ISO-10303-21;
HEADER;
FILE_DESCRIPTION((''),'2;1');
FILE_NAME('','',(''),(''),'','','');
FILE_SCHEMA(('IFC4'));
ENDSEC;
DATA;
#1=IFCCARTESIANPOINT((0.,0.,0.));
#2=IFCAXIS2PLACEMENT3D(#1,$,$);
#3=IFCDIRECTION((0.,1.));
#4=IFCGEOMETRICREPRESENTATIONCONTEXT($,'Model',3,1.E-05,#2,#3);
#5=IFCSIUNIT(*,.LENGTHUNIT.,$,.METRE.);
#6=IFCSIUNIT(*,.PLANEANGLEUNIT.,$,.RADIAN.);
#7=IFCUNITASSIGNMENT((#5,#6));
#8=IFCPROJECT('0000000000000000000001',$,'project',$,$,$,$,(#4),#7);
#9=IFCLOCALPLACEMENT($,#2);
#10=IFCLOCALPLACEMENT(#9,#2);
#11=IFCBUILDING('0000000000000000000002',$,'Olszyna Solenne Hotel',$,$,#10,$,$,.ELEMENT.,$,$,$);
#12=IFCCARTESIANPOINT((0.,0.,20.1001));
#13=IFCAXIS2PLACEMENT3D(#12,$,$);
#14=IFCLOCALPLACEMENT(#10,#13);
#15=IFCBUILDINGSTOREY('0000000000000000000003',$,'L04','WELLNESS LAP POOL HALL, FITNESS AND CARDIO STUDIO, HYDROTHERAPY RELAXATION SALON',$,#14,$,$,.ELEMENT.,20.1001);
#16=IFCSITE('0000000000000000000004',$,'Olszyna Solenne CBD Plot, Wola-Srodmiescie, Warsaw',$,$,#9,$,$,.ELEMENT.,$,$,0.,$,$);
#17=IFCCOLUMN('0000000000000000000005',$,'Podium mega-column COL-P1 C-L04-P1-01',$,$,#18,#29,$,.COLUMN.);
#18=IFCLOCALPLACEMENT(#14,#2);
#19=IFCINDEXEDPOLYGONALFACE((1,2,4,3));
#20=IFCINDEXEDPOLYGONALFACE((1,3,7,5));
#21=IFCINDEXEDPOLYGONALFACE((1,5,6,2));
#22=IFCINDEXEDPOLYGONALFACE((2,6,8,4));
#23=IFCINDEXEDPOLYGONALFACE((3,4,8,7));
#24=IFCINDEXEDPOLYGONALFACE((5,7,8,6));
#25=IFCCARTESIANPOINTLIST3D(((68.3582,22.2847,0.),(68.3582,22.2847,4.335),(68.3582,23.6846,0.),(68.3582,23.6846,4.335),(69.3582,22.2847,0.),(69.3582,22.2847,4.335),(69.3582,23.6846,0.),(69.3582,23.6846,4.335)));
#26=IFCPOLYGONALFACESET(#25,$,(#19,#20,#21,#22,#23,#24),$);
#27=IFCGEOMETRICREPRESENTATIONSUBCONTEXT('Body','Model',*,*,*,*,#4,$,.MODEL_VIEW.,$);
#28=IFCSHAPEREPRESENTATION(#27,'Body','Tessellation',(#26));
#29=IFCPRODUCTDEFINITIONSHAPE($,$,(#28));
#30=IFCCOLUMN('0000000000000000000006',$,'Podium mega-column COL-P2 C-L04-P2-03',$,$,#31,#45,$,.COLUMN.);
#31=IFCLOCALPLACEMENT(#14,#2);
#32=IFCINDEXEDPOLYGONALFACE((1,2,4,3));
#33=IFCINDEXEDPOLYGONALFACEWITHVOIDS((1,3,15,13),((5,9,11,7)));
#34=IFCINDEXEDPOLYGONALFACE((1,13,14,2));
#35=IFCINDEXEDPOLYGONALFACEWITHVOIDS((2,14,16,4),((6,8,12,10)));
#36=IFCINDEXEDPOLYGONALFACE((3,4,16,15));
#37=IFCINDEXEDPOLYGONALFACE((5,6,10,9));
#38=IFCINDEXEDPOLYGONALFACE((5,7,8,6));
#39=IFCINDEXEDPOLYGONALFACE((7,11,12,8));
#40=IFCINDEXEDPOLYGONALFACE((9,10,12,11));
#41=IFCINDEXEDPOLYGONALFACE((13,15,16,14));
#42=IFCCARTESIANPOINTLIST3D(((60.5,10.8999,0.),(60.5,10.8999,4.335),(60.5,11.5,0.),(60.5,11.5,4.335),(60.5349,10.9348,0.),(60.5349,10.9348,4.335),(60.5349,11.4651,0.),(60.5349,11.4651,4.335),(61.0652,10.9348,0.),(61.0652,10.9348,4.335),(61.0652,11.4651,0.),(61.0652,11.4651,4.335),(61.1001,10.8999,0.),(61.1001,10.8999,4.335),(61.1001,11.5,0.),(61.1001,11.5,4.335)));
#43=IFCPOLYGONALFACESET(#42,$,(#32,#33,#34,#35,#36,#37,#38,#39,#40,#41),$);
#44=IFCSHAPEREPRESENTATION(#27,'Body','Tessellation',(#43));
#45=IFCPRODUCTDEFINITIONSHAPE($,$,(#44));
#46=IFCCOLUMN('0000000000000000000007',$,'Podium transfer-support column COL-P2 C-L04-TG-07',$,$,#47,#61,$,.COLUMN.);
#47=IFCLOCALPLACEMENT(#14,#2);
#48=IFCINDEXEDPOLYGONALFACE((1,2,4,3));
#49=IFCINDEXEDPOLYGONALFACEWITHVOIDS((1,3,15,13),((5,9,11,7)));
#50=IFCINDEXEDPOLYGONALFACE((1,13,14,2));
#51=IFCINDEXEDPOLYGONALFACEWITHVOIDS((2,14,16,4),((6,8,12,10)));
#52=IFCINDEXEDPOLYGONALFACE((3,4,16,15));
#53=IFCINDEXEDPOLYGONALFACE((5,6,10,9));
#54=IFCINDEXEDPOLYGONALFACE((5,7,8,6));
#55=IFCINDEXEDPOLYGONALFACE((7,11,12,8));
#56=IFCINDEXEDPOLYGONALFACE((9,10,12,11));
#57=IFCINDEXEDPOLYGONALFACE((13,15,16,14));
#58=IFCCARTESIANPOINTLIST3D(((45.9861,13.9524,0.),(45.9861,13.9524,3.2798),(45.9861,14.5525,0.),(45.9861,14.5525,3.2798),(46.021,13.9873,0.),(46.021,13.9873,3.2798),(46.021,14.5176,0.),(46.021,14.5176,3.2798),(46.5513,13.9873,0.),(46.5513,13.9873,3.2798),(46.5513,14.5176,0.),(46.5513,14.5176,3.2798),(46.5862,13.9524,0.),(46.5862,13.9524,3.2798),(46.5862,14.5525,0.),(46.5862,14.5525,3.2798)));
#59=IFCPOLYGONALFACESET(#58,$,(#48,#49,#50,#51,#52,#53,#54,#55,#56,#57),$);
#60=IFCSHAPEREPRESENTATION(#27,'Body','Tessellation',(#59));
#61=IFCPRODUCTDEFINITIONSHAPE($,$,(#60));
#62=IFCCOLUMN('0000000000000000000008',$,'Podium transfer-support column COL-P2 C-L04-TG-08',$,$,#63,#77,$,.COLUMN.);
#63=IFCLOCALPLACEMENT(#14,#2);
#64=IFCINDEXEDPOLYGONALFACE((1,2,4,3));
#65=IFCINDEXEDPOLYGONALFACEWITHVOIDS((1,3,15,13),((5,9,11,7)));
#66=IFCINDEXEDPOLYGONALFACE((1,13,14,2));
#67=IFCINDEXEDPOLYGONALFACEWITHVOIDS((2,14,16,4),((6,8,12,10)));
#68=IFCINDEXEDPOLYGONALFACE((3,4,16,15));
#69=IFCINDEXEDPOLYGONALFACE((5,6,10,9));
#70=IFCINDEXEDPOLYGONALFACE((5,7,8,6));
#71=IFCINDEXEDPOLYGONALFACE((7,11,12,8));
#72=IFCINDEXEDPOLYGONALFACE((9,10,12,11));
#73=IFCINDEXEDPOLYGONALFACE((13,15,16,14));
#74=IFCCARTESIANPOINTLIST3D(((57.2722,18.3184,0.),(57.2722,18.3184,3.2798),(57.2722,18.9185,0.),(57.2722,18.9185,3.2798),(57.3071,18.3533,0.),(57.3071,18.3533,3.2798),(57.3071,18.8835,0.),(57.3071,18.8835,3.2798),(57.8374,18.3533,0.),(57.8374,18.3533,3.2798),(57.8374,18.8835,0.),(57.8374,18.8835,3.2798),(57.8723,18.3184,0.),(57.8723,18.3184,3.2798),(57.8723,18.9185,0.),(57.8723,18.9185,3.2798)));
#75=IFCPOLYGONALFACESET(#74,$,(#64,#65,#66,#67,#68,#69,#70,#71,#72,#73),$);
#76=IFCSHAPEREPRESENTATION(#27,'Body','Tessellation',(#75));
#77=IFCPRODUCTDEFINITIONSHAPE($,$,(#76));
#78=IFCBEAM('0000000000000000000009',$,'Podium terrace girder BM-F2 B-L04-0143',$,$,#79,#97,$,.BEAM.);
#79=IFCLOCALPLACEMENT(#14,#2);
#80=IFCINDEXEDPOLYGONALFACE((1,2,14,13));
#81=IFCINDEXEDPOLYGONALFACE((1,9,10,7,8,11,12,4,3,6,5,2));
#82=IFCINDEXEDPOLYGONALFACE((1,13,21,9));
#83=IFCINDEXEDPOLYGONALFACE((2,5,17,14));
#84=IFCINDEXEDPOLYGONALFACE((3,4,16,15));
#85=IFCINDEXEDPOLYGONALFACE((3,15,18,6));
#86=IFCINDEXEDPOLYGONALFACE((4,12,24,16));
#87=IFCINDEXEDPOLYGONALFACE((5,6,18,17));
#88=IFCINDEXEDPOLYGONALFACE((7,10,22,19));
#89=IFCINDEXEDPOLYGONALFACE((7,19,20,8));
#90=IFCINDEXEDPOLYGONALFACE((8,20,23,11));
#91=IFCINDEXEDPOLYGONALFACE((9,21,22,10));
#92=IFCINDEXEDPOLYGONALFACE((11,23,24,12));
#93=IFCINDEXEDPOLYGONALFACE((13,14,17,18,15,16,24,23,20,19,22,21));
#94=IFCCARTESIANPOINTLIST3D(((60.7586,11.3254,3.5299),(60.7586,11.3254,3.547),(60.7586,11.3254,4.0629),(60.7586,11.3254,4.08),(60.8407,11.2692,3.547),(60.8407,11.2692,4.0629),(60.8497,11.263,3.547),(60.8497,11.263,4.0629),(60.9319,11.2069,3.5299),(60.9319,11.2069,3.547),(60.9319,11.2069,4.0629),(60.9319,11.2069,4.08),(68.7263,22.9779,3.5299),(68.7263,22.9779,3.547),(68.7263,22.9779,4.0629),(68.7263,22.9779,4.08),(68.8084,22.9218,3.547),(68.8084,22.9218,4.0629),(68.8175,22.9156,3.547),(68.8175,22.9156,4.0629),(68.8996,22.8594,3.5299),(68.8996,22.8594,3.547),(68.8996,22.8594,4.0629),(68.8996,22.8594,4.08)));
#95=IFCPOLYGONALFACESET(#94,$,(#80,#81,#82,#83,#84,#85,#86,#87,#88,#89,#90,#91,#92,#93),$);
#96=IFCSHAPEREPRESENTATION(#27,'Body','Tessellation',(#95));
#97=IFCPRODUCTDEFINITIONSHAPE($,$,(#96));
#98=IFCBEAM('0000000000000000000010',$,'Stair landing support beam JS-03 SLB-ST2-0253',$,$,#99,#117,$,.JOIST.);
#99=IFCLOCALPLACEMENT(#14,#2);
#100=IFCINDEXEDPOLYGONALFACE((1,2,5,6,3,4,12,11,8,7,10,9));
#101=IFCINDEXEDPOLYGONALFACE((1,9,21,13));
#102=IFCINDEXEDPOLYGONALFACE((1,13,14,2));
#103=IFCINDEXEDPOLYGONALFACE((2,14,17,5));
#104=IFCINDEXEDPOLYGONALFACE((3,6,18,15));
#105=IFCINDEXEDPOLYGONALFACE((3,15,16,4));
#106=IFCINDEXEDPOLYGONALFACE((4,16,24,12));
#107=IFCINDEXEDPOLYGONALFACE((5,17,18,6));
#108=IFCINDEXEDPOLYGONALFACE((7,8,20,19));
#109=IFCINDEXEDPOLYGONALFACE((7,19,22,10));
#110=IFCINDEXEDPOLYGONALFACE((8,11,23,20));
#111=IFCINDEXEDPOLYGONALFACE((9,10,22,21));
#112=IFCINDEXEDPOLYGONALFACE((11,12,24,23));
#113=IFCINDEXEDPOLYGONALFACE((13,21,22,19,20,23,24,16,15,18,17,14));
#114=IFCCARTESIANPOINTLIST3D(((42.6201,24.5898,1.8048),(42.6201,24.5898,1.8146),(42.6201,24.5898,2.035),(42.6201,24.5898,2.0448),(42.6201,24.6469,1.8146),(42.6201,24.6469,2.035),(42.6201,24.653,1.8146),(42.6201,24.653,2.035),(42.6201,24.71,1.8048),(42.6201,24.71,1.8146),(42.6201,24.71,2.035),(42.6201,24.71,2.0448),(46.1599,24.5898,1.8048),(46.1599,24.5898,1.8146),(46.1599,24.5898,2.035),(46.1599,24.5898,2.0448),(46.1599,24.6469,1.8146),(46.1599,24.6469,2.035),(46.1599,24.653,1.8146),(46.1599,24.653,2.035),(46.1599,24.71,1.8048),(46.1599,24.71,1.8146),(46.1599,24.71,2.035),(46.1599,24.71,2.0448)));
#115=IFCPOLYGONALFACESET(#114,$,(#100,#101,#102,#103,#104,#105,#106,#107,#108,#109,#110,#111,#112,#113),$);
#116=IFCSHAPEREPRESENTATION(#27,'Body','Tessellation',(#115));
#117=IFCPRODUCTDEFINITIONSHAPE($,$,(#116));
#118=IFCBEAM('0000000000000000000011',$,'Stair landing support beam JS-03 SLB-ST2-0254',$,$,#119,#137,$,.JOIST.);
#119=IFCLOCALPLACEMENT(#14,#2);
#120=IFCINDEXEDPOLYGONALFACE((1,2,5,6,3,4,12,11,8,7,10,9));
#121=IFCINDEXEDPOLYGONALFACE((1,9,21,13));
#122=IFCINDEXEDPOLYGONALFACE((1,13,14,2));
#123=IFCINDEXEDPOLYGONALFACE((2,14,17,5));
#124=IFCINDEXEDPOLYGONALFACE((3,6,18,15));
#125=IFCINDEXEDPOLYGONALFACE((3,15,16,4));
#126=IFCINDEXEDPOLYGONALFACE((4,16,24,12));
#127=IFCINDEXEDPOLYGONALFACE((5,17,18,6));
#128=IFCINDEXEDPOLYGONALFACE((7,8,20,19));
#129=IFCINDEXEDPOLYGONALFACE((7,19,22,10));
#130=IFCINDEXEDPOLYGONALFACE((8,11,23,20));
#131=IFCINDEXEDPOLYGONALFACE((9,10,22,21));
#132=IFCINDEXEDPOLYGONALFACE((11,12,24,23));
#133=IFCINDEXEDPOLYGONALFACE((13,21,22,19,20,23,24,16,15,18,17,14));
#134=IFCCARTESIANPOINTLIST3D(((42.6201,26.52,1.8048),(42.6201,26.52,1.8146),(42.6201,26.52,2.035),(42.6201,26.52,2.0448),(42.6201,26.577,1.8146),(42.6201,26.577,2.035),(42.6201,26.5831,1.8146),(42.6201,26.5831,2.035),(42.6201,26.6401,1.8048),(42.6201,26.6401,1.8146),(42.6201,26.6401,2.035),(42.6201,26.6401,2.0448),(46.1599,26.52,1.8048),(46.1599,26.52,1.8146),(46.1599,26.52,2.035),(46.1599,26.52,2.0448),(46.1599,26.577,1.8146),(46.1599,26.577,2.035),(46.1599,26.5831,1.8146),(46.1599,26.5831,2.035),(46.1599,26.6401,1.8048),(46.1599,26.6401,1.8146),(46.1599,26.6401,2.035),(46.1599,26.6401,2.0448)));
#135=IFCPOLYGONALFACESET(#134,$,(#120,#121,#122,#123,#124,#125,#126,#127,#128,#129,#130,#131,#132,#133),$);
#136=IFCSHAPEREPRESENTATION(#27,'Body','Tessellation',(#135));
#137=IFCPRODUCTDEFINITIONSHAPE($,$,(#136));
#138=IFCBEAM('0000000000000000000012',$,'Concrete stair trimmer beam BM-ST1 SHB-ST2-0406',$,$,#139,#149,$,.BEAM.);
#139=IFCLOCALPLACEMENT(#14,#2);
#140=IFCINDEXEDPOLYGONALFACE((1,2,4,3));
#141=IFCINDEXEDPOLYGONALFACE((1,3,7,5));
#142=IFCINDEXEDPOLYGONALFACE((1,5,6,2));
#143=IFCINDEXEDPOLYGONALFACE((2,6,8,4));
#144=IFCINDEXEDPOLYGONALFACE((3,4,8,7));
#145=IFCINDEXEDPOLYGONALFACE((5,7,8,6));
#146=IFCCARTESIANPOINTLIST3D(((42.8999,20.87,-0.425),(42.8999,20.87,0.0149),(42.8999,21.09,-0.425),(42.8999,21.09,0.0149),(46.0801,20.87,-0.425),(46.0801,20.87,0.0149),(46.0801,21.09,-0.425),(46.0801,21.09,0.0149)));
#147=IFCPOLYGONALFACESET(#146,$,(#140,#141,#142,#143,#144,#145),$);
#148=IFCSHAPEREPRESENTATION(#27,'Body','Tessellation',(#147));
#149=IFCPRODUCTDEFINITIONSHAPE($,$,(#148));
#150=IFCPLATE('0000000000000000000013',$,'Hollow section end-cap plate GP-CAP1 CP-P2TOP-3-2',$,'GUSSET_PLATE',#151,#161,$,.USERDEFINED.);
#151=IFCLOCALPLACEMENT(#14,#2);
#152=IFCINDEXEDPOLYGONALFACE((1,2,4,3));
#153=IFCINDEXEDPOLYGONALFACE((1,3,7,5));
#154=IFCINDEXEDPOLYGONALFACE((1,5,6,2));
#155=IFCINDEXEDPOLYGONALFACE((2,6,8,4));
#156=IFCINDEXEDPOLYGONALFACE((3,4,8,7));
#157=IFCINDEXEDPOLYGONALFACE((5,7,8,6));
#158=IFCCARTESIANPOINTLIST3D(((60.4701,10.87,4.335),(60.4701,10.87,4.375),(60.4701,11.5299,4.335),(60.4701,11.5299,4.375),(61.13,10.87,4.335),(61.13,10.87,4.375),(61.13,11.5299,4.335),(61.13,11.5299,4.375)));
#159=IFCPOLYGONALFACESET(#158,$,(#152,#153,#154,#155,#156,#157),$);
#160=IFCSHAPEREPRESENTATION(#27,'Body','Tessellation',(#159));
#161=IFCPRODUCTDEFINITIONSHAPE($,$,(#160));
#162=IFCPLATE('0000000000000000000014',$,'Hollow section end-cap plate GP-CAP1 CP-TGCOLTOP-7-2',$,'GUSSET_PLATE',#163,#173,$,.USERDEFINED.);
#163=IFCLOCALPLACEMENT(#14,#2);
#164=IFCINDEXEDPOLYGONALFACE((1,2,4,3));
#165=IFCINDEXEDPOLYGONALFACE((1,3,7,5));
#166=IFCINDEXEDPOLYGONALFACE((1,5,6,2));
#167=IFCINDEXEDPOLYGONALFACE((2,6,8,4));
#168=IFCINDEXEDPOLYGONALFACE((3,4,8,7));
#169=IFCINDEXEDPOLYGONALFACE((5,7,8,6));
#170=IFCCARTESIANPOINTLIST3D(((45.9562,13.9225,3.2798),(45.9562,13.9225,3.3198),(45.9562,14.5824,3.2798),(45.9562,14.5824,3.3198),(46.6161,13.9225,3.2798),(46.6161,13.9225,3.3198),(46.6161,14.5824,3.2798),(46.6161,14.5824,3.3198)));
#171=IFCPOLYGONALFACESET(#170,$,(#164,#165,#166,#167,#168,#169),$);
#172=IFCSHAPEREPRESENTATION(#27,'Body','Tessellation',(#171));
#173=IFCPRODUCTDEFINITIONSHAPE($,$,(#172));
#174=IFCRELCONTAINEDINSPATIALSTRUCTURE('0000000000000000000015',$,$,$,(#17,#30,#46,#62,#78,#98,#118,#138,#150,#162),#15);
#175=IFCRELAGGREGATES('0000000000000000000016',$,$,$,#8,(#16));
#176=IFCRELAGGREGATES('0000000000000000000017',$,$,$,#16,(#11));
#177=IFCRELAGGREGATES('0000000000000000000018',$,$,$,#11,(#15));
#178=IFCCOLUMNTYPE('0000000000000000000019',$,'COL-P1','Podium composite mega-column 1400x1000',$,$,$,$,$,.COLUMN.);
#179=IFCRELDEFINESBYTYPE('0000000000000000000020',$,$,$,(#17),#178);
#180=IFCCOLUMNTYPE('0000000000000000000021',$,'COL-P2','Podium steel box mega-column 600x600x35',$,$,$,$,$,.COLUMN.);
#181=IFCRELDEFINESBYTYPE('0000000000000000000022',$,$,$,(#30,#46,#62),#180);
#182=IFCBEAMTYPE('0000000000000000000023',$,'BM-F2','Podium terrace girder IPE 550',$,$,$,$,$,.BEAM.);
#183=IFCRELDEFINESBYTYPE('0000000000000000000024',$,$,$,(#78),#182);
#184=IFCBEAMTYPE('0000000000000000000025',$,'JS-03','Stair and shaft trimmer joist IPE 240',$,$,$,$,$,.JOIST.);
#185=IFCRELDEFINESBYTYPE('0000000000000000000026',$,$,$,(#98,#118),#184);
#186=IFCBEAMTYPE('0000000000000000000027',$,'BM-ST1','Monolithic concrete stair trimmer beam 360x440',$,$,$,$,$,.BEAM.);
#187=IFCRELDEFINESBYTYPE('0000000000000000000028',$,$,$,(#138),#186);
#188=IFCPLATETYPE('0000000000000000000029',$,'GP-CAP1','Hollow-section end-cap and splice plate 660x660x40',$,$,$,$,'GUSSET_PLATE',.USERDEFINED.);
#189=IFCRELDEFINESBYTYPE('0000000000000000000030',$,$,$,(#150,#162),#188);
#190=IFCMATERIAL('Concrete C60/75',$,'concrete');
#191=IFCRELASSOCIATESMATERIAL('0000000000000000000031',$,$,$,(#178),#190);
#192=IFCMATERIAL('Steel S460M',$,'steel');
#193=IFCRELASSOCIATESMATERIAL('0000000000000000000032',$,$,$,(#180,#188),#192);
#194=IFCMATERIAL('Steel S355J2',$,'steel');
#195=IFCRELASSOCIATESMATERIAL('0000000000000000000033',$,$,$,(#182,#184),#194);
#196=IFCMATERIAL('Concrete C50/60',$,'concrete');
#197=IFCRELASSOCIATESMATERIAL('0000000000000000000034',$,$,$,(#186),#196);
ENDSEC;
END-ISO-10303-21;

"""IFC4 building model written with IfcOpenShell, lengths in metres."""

from ifc_helpers import new_model, si_unit, direction, frame, origin, origin_2d, place, context, subcontext, project, spatial, rectangle, hollow_rectangle, i_section, extrude, source, transform, mapped, material, material_profile, profile_set, type_object, element, save


model = new_model("IFC4")

# Units and contexts
model_context = context("Model", 3, precision=1e-05, world=origin(), true_north=direction((0.0, 1.0)))
body_context = subcontext(model_context, "Body", "Model", "MODEL_VIEW")
ifc_project = project(units=[si_unit("LENGTHUNIT", "METRE"), si_unit("PLANEANGLEUNIT", "RADIAN")], contexts=[model_context])

# Site, building, storey
site_placement = place(None, origin())
site = spatial("IfcSite", under=ifc_project, at=site_placement, Name="Olszyna Solenne CBD Plot, Wola-Srodmiescie, Warsaw", CompositionType="ELEMENT", RefElevation=0.0)
building_placement = place(site_placement, origin())
building = spatial("IfcBuilding", under=site, at=building_placement, Name="Olszyna Solenne Hotel", CompositionType="ELEMENT")
storey_placement = place(building_placement, frame((0.0, 0.0, 20.1001)))
storey = spatial("IfcBuildingStorey", under=building, at=storey_placement, Name="L04", Description="WELLNESS LAP POOL HALL, FITNESS AND CARDIO STUDIO, HYDROTHERAPY RELAXATION SALON", CompositionType="ELEMENT", Elevation=20.1001)

# Columns
ifc_material_1 = material(Name="Concrete C60/75", Category="concrete")
ifc_material_profile_1 = material_profile(ifc_material_1, rectangle(XDim=1.0, YDim=1.3999, at=origin_2d()), Name="RC 1400x1000", Category="load-bearing")
ifc_profile_set_1 = profile_set([ifc_material_profile_1], Name="Concrete C60/75")
column_type_1 = type_object("IfcColumnType", Name="COL-P1", Description="Podium composite mega-column 1400x1000", PredefinedType="COLUMN", material=ifc_profile_set_1)
shared_shape_1 = source(origin(), body_context, "Body", "SweptSolid", [
    extrude(rectangle(XDim=1.0, YDim=1.3999, at=origin_2d()), origin(), (0.0, 0.0, 1.0), 4.335),
])
column_1_placement = place(storey_placement, frame((68.8582, 22.9846, 0.0), z_axis=(0.0, 0.0, 1.0), x_axis=(1.0, 0.0, 0.0)))
element("IfcColumn", 1, at=column_1_placement, inside=storey, type_object=column_type_1, Name="Podium mega-column COL-P1 C-L04-P1-01", PredefinedType="COLUMN", context=body_context, shape_type="MappedRepresentation", body=[
    mapped(shared_shape_1, transform((0.0, 0.0, 0.0), x_axis=(1.0, 0.0, 0.0), y_axis=(0.0, 1.0, 0.0), z_axis=(0.0, 0.0, 1.0), scale=1.0)),
])
ifc_material_2 = material(Name="Steel S460M", Category="steel")
ifc_material_profile_2 = material_profile(ifc_material_2, hollow_rectangle(XDim=0.6001, YDim=0.6001, WallThickness=0.0349, at=origin_2d()), Name="SHS 600x600x35", Category="load-bearing")
ifc_profile_set_2 = profile_set([ifc_material_profile_2], Name="Steel S460M")
column_type_2 = type_object("IfcColumnType", Name="COL-P2", Description="Podium steel box mega-column 600x600x35", PredefinedType="COLUMN", material=ifc_profile_set_2)
shared_shape_2 = source(origin(), body_context, "Body", "SweptSolid", [
    extrude(hollow_rectangle(XDim=0.6001, YDim=0.6001, WallThickness=0.0349, at=origin_2d()), origin(), (0.0, 0.0, 1.0), 4.335),
])
column_2_placement = place(storey_placement, frame((60.8, 11.2, 0.0), z_axis=(0.0, 0.0, 1.0), x_axis=(1.0, 0.0, 0.0)))
element("IfcColumn", 2, at=column_2_placement, inside=storey, type_object=column_type_2, Name="Podium mega-column COL-P2 C-L04-P2-03", PredefinedType="COLUMN", context=body_context, shape_type="MappedRepresentation", body=[
    mapped(shared_shape_2, transform((0.0, 0.0, 0.0), x_axis=(1.0, 0.0, 0.0), y_axis=(0.0, 1.0, 0.0), z_axis=(0.0, 0.0, 1.0), scale=1.0)),
])
shared_shape_3 = source(origin(), body_context, "Body", "SweptSolid", [
    extrude(hollow_rectangle(XDim=0.6001, YDim=0.6001, WallThickness=0.0349, at=origin_2d()), origin(), (0.0, 0.0, 1.0), 3.2798),
])
for number, where, z_axis, x_axis, name in (
    (3, (46.2861, 14.2524, 0.0), (0.0, 0.0, 1.0), (1.0, 0.0, 0.0), "Podium transfer-support column COL-P2 C-L04-TG-07"),
    (4, (57.5723, 18.6184, 0.0), (0.0, 0.0, 1.0), (1.0, 0.0, 0.0), "Podium transfer-support column COL-P2 C-L04-TG-08"),
):
    element("IfcColumn", number, at=place(storey_placement, frame(where, z_axis=z_axis, x_axis=x_axis)), inside=storey, type_object=column_type_2, Name=name, PredefinedType="COLUMN", context=body_context, shape_type="MappedRepresentation", body=[
        mapped(shared_shape_3, transform((0.0, 0.0, 0.0), x_axis=(1.0, 0.0, 0.0), y_axis=(0.0, 1.0, 0.0), z_axis=(0.0, 0.0, 1.0), scale=1.0)),
    ])

# Beams
ifc_material_3 = material(Name="Steel S355J2", Category="steel")
ifc_material_profile_3 = material_profile(ifc_material_3, i_section(OverallWidth=0.21, OverallDepth=0.55, WebThickness=0.011, FlangeThickness=0.0171, at=origin_2d()), Name="IPE 550", Category="load-bearing")
ifc_profile_set_3 = profile_set([ifc_material_profile_3], Name="Steel S355J2")
beam_type_1 = type_object("IfcBeamType", Name="BM-F2", Description="Podium terrace girder IPE 550", PredefinedType="BEAM", material=ifc_profile_set_3)
shared_shape_4 = source(origin(), body_context, "Body", "SweptSolid", [
    extrude(i_section(OverallWidth=0.21, OverallDepth=0.55, WebThickness=0.011, FlangeThickness=0.0171, at=origin_2d()), origin(), (0.0, 0.0, 1.0), 14.1162),
])
beam_1_placement = place(storey_placement, frame((60.8452, 11.2661, 3.8049), z_axis=(0.56444, 0.825474, 0.0), x_axis=(-0.825474, 0.56444, 0.0)))
element("IfcBeam", 5, at=beam_1_placement, inside=storey, type_object=beam_type_1, Name="Podium terrace girder BM-F2 B-L04-0143", PredefinedType="BEAM", context=body_context, shape_type="MappedRepresentation", body=[
    mapped(shared_shape_4, transform((0.0, 0.0, 0.0), x_axis=(1.0, 0.0, 0.0), y_axis=(0.0, 1.0, 0.0), z_axis=(0.0, 0.0, 1.0), scale=1.0)),
])
ifc_material_profile_4 = material_profile(ifc_material_3, i_section(OverallWidth=0.1201, OverallDepth=0.24, WebThickness=0.0061, FlangeThickness=0.0098, at=origin_2d()), Name="IPE 240", Category="load-bearing")
ifc_profile_set_4 = profile_set([ifc_material_profile_4], Name="Steel S355J2")
beam_type_2 = type_object("IfcBeamType", Name="JS-03", Description="Stair and shaft trimmer joist IPE 240", PredefinedType="JOIST", material=ifc_profile_set_4)
shared_shape_5 = source(origin(), body_context, "Body", "SweptSolid", [
    extrude(i_section(OverallWidth=0.1201, OverallDepth=0.24, WebThickness=0.0061, FlangeThickness=0.0098, at=origin_2d()), origin(), (0.0, 0.0, 1.0), 3.5398),
])
for number, where, z_axis, x_axis, name in (
    (6, (46.1599, 24.6499, 1.9248), (-1.0, 0.0, 0.0), (0.0, -1.0, 0.0), "Stair landing support beam JS-03 SLB-ST2-0253"),
    (7, (46.1599, 26.5801, 1.9248), (-1.0, 0.0, 0.0), (0.0, -1.0, 0.0), "Stair landing support beam JS-03 SLB-ST2-0254"),
):
    element("IfcBeam", number, at=place(storey_placement, frame(where, z_axis=z_axis, x_axis=x_axis)), inside=storey, type_object=beam_type_2, Name=name, PredefinedType="JOIST", context=body_context, shape_type="MappedRepresentation", body=[
        mapped(shared_shape_5, transform((0.0, 0.0, 0.0), x_axis=(1.0, 0.0, 0.0), y_axis=(0.0, 1.0, 0.0), z_axis=(0.0, 0.0, 1.0), scale=1.0)),
    ])
ifc_material_4 = material(Name="Concrete C50/60", Category="concrete")
ifc_material_profile_5 = material_profile(ifc_material_4, rectangle(XDim=0.22, YDim=0.4399, at=origin_2d()), Name="RC 220x440", Category="load-bearing")
ifc_profile_set_5 = profile_set([ifc_material_profile_5], Name="Concrete C50/60")
beam_type_3 = type_object("IfcBeamType", Name="BM-ST1", Description="Monolithic concrete stair trimmer beam 360x440", PredefinedType="BEAM", material=ifc_profile_set_5)
shared_shape_6 = source(origin(), body_context, "Body", "SweptSolid", [
    extrude(rectangle(XDim=0.22, YDim=0.4399, at=origin_2d()), origin(), (0.0, 0.0, 1.0), 3.1802),
])
beam_2_placement = place(storey_placement, frame((46.0801, 20.98, -0.2051), z_axis=(-1.0, 0.0, 0.0), x_axis=(0.0, -1.0, 0.0)))
element("IfcBeam", 8, at=beam_2_placement, inside=storey, type_object=beam_type_3, Name="Concrete stair trimmer beam BM-ST1 SHB-ST2-0406", PredefinedType="BEAM", context=body_context, shape_type="MappedRepresentation", body=[
    mapped(shared_shape_6, transform((0.0, 0.0, 0.0), x_axis=(1.0, 0.0, 0.0), y_axis=(0.0, 1.0, 0.0), z_axis=(0.0, 0.0, 1.0), scale=1.0)),
])

# Plates
plate_type = type_object("IfcPlateType", Name="GP-CAP1", Description="Hollow-section end-cap and splice plate 660x660x40", ElementType="GUSSET_PLATE", PredefinedType="USERDEFINED", material=ifc_material_2)
shared_shape_7 = source(origin(), body_context, "Body", "SweptSolid", [
    extrude(rectangle(XDim=0.6599, YDim=0.6599, at=origin_2d()), origin(), (0.0, 0.0, 1.0), 0.04),
])
for number, where, z_axis, x_axis, name in (
    (9, (60.8, 11.2, 4.335), (0.0, 0.0, 1.0), (1.0, 0.0, 0.0), "Hollow section end-cap plate GP-CAP1 CP-P2TOP-3-2"),
    (10, (46.2861, 14.2524, 3.2798), (0.0, 0.0, 1.0), (1.0, 0.0, 0.0), "Hollow section end-cap plate GP-CAP1 CP-TGCOLTOP-7-2"),
):
    element("IfcPlate", number, at=place(storey_placement, frame(where, z_axis=z_axis, x_axis=x_axis)), inside=storey, type_object=plate_type, Name=name, ObjectType="GUSSET_PLATE", PredefinedType="USERDEFINED", context=body_context, shape_type="MappedRepresentation", body=[
        mapped(shared_shape_7, transform((0.0, 0.0, 0.0), x_axis=(1.0, 0.0, 0.0), y_axis=(0.0, 1.0, 0.0), z_axis=(0.0, 0.0, 1.0), scale=1.0)),
    ])

save(model, "model.ifc")
